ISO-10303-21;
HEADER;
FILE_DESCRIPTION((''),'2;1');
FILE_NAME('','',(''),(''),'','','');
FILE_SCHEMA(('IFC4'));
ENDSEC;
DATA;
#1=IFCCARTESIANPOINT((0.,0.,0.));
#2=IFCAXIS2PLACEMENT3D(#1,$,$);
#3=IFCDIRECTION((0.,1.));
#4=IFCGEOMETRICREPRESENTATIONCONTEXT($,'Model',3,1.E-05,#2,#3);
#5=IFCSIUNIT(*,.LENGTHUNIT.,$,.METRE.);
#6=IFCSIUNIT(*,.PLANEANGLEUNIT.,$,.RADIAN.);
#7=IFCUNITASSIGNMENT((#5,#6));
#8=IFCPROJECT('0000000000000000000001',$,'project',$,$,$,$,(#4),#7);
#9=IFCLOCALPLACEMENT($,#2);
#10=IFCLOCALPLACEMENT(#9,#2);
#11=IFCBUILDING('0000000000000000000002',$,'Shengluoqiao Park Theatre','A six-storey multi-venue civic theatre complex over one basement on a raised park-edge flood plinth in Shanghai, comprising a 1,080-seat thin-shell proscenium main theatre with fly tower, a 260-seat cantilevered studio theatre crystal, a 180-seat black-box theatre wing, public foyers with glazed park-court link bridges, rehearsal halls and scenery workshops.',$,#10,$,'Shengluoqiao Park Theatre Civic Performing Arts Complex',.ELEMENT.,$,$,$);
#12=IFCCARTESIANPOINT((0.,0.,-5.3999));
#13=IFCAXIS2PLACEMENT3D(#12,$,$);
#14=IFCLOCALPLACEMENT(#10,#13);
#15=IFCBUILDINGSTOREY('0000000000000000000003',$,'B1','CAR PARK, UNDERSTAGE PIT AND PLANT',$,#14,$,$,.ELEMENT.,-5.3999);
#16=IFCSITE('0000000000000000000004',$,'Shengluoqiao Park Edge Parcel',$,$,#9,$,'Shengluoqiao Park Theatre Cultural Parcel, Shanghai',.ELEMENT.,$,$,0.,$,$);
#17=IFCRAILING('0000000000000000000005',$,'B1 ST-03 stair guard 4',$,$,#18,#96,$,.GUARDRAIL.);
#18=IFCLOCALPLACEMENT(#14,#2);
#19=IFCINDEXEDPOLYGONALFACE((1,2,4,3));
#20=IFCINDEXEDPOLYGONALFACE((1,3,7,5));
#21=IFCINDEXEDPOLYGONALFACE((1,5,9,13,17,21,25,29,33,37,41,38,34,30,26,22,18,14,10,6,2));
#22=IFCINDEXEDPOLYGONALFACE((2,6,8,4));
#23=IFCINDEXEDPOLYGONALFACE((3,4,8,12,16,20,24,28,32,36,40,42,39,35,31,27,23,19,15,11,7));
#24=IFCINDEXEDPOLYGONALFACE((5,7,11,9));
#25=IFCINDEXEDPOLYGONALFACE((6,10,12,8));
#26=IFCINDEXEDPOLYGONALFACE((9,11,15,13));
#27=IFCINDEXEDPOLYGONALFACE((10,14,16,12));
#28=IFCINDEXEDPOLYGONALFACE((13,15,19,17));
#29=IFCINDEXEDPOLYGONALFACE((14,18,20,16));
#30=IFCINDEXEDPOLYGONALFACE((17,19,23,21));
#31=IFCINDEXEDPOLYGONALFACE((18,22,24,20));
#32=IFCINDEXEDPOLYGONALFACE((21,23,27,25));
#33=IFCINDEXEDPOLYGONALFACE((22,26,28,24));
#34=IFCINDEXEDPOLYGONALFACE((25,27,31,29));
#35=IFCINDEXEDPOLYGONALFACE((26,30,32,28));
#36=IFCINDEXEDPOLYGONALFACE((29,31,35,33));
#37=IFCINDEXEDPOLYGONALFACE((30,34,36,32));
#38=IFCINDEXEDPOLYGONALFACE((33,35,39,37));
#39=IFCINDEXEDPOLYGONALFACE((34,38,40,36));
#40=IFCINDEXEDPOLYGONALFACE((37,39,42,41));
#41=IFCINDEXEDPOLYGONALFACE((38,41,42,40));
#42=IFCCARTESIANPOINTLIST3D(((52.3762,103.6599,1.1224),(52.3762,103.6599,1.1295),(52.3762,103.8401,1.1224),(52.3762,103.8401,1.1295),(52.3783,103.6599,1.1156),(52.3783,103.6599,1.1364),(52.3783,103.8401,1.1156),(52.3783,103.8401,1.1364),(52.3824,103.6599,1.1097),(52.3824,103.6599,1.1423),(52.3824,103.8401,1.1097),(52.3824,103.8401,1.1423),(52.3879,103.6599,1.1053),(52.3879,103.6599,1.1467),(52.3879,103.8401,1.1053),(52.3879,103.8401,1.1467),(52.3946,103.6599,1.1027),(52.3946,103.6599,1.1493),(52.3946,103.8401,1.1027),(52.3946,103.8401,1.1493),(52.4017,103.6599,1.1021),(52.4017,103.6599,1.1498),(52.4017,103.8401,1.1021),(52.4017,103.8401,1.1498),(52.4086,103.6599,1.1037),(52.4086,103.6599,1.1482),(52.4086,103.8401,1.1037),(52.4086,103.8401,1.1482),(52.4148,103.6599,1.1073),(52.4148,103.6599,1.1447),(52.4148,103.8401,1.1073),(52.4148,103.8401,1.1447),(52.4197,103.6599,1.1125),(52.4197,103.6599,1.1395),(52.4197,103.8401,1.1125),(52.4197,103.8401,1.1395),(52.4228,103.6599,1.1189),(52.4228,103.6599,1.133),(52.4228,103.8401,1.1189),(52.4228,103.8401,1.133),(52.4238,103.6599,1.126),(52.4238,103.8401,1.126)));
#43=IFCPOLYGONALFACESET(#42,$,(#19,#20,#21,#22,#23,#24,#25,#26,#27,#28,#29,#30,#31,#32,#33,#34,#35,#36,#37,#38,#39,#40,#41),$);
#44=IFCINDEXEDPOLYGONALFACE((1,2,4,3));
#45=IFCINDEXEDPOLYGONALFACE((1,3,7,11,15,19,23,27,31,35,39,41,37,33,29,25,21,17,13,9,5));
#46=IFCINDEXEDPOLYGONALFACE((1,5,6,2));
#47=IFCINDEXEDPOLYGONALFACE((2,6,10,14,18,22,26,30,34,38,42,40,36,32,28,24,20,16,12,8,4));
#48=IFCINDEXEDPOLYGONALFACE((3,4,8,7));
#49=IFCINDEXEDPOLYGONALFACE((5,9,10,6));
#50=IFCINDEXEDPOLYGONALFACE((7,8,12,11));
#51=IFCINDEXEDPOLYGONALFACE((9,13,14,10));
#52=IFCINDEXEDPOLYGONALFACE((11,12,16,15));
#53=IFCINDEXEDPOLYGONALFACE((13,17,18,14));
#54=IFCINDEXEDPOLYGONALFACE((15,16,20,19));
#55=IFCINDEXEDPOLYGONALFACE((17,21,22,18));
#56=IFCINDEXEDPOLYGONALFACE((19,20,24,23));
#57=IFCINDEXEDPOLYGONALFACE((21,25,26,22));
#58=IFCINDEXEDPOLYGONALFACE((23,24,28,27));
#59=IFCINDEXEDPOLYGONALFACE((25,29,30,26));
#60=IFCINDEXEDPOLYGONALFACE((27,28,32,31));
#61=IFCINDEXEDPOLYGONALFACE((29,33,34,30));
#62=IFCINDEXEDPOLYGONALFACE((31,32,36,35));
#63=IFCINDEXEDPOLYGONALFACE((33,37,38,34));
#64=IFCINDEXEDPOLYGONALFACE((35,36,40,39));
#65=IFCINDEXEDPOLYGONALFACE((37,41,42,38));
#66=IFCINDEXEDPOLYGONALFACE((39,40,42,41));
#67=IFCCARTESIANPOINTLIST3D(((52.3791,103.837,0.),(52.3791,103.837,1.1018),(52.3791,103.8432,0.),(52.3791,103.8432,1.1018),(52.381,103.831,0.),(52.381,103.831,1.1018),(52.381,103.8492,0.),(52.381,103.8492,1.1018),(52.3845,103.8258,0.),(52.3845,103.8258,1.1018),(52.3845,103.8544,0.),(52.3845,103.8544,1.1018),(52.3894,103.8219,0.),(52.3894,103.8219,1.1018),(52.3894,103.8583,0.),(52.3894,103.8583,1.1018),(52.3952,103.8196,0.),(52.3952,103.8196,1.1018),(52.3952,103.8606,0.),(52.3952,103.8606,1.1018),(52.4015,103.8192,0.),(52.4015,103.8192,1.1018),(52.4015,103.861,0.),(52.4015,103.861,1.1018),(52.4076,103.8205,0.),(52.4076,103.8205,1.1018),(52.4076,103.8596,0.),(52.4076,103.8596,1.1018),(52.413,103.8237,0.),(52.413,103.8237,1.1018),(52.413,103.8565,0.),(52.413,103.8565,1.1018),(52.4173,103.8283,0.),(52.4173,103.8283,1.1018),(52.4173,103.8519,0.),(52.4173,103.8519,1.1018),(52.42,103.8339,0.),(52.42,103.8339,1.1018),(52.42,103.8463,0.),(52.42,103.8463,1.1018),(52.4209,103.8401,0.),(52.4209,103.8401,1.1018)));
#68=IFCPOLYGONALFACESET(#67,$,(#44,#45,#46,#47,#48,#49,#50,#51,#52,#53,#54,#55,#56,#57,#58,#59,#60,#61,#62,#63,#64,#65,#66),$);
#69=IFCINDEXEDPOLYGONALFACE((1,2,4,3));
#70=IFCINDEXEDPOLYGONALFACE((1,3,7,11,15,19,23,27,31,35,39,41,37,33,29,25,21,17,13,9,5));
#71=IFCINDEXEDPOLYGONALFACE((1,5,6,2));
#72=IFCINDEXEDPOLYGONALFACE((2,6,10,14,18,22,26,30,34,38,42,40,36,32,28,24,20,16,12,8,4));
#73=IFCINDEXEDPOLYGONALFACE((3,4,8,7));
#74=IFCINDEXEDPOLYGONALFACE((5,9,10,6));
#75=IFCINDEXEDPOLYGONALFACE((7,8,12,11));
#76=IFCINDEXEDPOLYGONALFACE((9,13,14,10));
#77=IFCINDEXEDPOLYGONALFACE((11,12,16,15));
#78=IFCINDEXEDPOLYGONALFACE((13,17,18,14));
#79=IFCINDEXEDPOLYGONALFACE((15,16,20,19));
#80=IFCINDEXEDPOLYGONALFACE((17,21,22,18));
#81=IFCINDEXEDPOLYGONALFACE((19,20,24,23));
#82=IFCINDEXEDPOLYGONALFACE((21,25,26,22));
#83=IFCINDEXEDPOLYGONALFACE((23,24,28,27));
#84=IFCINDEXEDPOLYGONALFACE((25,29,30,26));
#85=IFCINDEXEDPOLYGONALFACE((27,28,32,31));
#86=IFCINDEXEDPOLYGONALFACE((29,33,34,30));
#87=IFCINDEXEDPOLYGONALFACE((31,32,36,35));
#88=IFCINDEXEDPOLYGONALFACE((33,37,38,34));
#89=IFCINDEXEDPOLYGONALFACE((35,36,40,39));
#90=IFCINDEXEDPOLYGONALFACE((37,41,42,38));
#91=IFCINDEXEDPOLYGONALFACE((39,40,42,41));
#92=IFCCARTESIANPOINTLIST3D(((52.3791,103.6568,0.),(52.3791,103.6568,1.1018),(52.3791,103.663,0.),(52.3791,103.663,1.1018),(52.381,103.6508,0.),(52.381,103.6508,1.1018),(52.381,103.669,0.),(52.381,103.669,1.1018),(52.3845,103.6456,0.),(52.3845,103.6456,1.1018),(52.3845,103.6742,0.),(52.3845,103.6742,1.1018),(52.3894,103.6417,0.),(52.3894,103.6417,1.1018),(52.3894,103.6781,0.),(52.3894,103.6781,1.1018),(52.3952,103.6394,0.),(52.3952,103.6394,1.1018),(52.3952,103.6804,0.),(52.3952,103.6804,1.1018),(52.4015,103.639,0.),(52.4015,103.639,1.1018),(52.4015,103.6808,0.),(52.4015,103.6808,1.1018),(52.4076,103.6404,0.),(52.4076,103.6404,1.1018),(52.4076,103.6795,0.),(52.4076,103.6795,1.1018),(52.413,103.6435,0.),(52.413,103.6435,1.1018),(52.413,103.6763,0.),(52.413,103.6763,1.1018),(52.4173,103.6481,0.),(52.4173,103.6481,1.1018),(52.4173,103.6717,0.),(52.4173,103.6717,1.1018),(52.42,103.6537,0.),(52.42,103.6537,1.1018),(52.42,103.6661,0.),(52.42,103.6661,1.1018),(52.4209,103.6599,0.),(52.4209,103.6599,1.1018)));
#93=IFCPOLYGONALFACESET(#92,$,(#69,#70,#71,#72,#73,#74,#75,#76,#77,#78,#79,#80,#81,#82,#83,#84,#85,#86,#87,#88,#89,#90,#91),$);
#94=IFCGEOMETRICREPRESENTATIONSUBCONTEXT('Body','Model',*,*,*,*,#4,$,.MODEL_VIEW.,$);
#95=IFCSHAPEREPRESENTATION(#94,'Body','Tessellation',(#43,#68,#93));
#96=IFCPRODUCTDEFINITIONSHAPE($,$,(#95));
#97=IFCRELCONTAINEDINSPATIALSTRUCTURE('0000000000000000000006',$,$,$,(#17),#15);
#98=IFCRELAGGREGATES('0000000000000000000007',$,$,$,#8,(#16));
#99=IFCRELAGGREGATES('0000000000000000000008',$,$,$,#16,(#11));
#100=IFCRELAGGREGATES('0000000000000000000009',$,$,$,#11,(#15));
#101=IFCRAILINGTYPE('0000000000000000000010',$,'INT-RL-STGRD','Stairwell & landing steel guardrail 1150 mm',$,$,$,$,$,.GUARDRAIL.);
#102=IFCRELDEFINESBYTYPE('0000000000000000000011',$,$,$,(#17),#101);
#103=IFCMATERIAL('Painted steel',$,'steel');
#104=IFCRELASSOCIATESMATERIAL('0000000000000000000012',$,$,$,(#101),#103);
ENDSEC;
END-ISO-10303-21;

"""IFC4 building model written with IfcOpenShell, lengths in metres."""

from ifc_helpers import new_model, si_unit, direction, frame, origin, origin_2d, place, context, subcontext, project, spatial, circle, extrude, material, type_object, element, save


model = new_model("IFC4")

# Units and contexts
model_context = context("Model", 3, precision=1e-05, world=origin(), true_north=direction((0.0, 1.0)))
body_context = subcontext(model_context, "Body", "Model", "MODEL_VIEW")
ifc_project = project(units=[si_unit("LENGTHUNIT", "METRE"), si_unit("PLANEANGLEUNIT", "RADIAN")], contexts=[model_context])

# Site, building, storey
site_placement = place(None, origin())
site = spatial("IfcSite", under=ifc_project, at=site_placement, Name="Shengluoqiao Park Edge Parcel", LongName="Shengluoqiao Park Theatre Cultural Parcel, Shanghai", CompositionType="ELEMENT", RefElevation=0.0)
building_placement = place(site_placement, origin())
building = spatial("IfcBuilding", under=site, at=building_placement, Name="Shengluoqiao Park Theatre", Description="A six-storey multi-venue civic theatre complex over one basement on a raised park-edge flood plinth in Shanghai, comprising a 1,080-seat thin-shell proscenium main theatre with fly tower, a 260-seat cantilevered studio theatre crystal, a 180-seat black-box theatre wing, public foyers with glazed park-court link bridges, rehearsal halls and scenery workshops.", LongName="Shengluoqiao Park Theatre Civic Performing Arts Complex", CompositionType="ELEMENT")
storey_placement = place(building_placement, frame((0.0, 0.0, -5.3999)))
storey = spatial("IfcBuildingStorey", under=building, at=storey_placement, Name="B1", Description="CAR PARK, UNDERSTAGE PIT AND PLANT", CompositionType="ELEMENT", Elevation=-5.3999)

# Railing
ifc_material_1 = material(Name="Painted steel", Category="steel")
railing_type_1 = type_object("IfcRailingType", Name="INT-RL-STGRD", Description="Stairwell & landing steel guardrail 1150 mm", PredefinedType="GUARDRAIL", material=ifc_material_1)
railing_1_placement = place(storey_placement, frame((52.3999, 103.8401, 0.0)))
element("IfcRailing", 1, at=railing_1_placement, inside=storey, type_object=railing_type_1, Name="B1 ST-03 stair guard 4", PredefinedType="GUARDRAIL", context=body_context, shape_type="SweptSolid", body=[
    extrude(circle(Radius=0.0239, at=origin_2d()), frame((0.0, 0.0, 1.126), z_axis=(0.0, -1.0, 0.0), x_axis=(1.0, 0.0, 0.0)), (0.0, 0.0, 1.0), 0.1802),
    extrude(circle(Radius=0.021, at=origin_2d()), origin(), (0.0, 0.0, 1.0), 1.1018),
    extrude(circle(Radius=0.021, at=origin_2d()), frame((0.0, -0.1802, 0.0)), (0.0, 0.0, 1.0), 1.1018),
])

save(model, "model.ifc")
